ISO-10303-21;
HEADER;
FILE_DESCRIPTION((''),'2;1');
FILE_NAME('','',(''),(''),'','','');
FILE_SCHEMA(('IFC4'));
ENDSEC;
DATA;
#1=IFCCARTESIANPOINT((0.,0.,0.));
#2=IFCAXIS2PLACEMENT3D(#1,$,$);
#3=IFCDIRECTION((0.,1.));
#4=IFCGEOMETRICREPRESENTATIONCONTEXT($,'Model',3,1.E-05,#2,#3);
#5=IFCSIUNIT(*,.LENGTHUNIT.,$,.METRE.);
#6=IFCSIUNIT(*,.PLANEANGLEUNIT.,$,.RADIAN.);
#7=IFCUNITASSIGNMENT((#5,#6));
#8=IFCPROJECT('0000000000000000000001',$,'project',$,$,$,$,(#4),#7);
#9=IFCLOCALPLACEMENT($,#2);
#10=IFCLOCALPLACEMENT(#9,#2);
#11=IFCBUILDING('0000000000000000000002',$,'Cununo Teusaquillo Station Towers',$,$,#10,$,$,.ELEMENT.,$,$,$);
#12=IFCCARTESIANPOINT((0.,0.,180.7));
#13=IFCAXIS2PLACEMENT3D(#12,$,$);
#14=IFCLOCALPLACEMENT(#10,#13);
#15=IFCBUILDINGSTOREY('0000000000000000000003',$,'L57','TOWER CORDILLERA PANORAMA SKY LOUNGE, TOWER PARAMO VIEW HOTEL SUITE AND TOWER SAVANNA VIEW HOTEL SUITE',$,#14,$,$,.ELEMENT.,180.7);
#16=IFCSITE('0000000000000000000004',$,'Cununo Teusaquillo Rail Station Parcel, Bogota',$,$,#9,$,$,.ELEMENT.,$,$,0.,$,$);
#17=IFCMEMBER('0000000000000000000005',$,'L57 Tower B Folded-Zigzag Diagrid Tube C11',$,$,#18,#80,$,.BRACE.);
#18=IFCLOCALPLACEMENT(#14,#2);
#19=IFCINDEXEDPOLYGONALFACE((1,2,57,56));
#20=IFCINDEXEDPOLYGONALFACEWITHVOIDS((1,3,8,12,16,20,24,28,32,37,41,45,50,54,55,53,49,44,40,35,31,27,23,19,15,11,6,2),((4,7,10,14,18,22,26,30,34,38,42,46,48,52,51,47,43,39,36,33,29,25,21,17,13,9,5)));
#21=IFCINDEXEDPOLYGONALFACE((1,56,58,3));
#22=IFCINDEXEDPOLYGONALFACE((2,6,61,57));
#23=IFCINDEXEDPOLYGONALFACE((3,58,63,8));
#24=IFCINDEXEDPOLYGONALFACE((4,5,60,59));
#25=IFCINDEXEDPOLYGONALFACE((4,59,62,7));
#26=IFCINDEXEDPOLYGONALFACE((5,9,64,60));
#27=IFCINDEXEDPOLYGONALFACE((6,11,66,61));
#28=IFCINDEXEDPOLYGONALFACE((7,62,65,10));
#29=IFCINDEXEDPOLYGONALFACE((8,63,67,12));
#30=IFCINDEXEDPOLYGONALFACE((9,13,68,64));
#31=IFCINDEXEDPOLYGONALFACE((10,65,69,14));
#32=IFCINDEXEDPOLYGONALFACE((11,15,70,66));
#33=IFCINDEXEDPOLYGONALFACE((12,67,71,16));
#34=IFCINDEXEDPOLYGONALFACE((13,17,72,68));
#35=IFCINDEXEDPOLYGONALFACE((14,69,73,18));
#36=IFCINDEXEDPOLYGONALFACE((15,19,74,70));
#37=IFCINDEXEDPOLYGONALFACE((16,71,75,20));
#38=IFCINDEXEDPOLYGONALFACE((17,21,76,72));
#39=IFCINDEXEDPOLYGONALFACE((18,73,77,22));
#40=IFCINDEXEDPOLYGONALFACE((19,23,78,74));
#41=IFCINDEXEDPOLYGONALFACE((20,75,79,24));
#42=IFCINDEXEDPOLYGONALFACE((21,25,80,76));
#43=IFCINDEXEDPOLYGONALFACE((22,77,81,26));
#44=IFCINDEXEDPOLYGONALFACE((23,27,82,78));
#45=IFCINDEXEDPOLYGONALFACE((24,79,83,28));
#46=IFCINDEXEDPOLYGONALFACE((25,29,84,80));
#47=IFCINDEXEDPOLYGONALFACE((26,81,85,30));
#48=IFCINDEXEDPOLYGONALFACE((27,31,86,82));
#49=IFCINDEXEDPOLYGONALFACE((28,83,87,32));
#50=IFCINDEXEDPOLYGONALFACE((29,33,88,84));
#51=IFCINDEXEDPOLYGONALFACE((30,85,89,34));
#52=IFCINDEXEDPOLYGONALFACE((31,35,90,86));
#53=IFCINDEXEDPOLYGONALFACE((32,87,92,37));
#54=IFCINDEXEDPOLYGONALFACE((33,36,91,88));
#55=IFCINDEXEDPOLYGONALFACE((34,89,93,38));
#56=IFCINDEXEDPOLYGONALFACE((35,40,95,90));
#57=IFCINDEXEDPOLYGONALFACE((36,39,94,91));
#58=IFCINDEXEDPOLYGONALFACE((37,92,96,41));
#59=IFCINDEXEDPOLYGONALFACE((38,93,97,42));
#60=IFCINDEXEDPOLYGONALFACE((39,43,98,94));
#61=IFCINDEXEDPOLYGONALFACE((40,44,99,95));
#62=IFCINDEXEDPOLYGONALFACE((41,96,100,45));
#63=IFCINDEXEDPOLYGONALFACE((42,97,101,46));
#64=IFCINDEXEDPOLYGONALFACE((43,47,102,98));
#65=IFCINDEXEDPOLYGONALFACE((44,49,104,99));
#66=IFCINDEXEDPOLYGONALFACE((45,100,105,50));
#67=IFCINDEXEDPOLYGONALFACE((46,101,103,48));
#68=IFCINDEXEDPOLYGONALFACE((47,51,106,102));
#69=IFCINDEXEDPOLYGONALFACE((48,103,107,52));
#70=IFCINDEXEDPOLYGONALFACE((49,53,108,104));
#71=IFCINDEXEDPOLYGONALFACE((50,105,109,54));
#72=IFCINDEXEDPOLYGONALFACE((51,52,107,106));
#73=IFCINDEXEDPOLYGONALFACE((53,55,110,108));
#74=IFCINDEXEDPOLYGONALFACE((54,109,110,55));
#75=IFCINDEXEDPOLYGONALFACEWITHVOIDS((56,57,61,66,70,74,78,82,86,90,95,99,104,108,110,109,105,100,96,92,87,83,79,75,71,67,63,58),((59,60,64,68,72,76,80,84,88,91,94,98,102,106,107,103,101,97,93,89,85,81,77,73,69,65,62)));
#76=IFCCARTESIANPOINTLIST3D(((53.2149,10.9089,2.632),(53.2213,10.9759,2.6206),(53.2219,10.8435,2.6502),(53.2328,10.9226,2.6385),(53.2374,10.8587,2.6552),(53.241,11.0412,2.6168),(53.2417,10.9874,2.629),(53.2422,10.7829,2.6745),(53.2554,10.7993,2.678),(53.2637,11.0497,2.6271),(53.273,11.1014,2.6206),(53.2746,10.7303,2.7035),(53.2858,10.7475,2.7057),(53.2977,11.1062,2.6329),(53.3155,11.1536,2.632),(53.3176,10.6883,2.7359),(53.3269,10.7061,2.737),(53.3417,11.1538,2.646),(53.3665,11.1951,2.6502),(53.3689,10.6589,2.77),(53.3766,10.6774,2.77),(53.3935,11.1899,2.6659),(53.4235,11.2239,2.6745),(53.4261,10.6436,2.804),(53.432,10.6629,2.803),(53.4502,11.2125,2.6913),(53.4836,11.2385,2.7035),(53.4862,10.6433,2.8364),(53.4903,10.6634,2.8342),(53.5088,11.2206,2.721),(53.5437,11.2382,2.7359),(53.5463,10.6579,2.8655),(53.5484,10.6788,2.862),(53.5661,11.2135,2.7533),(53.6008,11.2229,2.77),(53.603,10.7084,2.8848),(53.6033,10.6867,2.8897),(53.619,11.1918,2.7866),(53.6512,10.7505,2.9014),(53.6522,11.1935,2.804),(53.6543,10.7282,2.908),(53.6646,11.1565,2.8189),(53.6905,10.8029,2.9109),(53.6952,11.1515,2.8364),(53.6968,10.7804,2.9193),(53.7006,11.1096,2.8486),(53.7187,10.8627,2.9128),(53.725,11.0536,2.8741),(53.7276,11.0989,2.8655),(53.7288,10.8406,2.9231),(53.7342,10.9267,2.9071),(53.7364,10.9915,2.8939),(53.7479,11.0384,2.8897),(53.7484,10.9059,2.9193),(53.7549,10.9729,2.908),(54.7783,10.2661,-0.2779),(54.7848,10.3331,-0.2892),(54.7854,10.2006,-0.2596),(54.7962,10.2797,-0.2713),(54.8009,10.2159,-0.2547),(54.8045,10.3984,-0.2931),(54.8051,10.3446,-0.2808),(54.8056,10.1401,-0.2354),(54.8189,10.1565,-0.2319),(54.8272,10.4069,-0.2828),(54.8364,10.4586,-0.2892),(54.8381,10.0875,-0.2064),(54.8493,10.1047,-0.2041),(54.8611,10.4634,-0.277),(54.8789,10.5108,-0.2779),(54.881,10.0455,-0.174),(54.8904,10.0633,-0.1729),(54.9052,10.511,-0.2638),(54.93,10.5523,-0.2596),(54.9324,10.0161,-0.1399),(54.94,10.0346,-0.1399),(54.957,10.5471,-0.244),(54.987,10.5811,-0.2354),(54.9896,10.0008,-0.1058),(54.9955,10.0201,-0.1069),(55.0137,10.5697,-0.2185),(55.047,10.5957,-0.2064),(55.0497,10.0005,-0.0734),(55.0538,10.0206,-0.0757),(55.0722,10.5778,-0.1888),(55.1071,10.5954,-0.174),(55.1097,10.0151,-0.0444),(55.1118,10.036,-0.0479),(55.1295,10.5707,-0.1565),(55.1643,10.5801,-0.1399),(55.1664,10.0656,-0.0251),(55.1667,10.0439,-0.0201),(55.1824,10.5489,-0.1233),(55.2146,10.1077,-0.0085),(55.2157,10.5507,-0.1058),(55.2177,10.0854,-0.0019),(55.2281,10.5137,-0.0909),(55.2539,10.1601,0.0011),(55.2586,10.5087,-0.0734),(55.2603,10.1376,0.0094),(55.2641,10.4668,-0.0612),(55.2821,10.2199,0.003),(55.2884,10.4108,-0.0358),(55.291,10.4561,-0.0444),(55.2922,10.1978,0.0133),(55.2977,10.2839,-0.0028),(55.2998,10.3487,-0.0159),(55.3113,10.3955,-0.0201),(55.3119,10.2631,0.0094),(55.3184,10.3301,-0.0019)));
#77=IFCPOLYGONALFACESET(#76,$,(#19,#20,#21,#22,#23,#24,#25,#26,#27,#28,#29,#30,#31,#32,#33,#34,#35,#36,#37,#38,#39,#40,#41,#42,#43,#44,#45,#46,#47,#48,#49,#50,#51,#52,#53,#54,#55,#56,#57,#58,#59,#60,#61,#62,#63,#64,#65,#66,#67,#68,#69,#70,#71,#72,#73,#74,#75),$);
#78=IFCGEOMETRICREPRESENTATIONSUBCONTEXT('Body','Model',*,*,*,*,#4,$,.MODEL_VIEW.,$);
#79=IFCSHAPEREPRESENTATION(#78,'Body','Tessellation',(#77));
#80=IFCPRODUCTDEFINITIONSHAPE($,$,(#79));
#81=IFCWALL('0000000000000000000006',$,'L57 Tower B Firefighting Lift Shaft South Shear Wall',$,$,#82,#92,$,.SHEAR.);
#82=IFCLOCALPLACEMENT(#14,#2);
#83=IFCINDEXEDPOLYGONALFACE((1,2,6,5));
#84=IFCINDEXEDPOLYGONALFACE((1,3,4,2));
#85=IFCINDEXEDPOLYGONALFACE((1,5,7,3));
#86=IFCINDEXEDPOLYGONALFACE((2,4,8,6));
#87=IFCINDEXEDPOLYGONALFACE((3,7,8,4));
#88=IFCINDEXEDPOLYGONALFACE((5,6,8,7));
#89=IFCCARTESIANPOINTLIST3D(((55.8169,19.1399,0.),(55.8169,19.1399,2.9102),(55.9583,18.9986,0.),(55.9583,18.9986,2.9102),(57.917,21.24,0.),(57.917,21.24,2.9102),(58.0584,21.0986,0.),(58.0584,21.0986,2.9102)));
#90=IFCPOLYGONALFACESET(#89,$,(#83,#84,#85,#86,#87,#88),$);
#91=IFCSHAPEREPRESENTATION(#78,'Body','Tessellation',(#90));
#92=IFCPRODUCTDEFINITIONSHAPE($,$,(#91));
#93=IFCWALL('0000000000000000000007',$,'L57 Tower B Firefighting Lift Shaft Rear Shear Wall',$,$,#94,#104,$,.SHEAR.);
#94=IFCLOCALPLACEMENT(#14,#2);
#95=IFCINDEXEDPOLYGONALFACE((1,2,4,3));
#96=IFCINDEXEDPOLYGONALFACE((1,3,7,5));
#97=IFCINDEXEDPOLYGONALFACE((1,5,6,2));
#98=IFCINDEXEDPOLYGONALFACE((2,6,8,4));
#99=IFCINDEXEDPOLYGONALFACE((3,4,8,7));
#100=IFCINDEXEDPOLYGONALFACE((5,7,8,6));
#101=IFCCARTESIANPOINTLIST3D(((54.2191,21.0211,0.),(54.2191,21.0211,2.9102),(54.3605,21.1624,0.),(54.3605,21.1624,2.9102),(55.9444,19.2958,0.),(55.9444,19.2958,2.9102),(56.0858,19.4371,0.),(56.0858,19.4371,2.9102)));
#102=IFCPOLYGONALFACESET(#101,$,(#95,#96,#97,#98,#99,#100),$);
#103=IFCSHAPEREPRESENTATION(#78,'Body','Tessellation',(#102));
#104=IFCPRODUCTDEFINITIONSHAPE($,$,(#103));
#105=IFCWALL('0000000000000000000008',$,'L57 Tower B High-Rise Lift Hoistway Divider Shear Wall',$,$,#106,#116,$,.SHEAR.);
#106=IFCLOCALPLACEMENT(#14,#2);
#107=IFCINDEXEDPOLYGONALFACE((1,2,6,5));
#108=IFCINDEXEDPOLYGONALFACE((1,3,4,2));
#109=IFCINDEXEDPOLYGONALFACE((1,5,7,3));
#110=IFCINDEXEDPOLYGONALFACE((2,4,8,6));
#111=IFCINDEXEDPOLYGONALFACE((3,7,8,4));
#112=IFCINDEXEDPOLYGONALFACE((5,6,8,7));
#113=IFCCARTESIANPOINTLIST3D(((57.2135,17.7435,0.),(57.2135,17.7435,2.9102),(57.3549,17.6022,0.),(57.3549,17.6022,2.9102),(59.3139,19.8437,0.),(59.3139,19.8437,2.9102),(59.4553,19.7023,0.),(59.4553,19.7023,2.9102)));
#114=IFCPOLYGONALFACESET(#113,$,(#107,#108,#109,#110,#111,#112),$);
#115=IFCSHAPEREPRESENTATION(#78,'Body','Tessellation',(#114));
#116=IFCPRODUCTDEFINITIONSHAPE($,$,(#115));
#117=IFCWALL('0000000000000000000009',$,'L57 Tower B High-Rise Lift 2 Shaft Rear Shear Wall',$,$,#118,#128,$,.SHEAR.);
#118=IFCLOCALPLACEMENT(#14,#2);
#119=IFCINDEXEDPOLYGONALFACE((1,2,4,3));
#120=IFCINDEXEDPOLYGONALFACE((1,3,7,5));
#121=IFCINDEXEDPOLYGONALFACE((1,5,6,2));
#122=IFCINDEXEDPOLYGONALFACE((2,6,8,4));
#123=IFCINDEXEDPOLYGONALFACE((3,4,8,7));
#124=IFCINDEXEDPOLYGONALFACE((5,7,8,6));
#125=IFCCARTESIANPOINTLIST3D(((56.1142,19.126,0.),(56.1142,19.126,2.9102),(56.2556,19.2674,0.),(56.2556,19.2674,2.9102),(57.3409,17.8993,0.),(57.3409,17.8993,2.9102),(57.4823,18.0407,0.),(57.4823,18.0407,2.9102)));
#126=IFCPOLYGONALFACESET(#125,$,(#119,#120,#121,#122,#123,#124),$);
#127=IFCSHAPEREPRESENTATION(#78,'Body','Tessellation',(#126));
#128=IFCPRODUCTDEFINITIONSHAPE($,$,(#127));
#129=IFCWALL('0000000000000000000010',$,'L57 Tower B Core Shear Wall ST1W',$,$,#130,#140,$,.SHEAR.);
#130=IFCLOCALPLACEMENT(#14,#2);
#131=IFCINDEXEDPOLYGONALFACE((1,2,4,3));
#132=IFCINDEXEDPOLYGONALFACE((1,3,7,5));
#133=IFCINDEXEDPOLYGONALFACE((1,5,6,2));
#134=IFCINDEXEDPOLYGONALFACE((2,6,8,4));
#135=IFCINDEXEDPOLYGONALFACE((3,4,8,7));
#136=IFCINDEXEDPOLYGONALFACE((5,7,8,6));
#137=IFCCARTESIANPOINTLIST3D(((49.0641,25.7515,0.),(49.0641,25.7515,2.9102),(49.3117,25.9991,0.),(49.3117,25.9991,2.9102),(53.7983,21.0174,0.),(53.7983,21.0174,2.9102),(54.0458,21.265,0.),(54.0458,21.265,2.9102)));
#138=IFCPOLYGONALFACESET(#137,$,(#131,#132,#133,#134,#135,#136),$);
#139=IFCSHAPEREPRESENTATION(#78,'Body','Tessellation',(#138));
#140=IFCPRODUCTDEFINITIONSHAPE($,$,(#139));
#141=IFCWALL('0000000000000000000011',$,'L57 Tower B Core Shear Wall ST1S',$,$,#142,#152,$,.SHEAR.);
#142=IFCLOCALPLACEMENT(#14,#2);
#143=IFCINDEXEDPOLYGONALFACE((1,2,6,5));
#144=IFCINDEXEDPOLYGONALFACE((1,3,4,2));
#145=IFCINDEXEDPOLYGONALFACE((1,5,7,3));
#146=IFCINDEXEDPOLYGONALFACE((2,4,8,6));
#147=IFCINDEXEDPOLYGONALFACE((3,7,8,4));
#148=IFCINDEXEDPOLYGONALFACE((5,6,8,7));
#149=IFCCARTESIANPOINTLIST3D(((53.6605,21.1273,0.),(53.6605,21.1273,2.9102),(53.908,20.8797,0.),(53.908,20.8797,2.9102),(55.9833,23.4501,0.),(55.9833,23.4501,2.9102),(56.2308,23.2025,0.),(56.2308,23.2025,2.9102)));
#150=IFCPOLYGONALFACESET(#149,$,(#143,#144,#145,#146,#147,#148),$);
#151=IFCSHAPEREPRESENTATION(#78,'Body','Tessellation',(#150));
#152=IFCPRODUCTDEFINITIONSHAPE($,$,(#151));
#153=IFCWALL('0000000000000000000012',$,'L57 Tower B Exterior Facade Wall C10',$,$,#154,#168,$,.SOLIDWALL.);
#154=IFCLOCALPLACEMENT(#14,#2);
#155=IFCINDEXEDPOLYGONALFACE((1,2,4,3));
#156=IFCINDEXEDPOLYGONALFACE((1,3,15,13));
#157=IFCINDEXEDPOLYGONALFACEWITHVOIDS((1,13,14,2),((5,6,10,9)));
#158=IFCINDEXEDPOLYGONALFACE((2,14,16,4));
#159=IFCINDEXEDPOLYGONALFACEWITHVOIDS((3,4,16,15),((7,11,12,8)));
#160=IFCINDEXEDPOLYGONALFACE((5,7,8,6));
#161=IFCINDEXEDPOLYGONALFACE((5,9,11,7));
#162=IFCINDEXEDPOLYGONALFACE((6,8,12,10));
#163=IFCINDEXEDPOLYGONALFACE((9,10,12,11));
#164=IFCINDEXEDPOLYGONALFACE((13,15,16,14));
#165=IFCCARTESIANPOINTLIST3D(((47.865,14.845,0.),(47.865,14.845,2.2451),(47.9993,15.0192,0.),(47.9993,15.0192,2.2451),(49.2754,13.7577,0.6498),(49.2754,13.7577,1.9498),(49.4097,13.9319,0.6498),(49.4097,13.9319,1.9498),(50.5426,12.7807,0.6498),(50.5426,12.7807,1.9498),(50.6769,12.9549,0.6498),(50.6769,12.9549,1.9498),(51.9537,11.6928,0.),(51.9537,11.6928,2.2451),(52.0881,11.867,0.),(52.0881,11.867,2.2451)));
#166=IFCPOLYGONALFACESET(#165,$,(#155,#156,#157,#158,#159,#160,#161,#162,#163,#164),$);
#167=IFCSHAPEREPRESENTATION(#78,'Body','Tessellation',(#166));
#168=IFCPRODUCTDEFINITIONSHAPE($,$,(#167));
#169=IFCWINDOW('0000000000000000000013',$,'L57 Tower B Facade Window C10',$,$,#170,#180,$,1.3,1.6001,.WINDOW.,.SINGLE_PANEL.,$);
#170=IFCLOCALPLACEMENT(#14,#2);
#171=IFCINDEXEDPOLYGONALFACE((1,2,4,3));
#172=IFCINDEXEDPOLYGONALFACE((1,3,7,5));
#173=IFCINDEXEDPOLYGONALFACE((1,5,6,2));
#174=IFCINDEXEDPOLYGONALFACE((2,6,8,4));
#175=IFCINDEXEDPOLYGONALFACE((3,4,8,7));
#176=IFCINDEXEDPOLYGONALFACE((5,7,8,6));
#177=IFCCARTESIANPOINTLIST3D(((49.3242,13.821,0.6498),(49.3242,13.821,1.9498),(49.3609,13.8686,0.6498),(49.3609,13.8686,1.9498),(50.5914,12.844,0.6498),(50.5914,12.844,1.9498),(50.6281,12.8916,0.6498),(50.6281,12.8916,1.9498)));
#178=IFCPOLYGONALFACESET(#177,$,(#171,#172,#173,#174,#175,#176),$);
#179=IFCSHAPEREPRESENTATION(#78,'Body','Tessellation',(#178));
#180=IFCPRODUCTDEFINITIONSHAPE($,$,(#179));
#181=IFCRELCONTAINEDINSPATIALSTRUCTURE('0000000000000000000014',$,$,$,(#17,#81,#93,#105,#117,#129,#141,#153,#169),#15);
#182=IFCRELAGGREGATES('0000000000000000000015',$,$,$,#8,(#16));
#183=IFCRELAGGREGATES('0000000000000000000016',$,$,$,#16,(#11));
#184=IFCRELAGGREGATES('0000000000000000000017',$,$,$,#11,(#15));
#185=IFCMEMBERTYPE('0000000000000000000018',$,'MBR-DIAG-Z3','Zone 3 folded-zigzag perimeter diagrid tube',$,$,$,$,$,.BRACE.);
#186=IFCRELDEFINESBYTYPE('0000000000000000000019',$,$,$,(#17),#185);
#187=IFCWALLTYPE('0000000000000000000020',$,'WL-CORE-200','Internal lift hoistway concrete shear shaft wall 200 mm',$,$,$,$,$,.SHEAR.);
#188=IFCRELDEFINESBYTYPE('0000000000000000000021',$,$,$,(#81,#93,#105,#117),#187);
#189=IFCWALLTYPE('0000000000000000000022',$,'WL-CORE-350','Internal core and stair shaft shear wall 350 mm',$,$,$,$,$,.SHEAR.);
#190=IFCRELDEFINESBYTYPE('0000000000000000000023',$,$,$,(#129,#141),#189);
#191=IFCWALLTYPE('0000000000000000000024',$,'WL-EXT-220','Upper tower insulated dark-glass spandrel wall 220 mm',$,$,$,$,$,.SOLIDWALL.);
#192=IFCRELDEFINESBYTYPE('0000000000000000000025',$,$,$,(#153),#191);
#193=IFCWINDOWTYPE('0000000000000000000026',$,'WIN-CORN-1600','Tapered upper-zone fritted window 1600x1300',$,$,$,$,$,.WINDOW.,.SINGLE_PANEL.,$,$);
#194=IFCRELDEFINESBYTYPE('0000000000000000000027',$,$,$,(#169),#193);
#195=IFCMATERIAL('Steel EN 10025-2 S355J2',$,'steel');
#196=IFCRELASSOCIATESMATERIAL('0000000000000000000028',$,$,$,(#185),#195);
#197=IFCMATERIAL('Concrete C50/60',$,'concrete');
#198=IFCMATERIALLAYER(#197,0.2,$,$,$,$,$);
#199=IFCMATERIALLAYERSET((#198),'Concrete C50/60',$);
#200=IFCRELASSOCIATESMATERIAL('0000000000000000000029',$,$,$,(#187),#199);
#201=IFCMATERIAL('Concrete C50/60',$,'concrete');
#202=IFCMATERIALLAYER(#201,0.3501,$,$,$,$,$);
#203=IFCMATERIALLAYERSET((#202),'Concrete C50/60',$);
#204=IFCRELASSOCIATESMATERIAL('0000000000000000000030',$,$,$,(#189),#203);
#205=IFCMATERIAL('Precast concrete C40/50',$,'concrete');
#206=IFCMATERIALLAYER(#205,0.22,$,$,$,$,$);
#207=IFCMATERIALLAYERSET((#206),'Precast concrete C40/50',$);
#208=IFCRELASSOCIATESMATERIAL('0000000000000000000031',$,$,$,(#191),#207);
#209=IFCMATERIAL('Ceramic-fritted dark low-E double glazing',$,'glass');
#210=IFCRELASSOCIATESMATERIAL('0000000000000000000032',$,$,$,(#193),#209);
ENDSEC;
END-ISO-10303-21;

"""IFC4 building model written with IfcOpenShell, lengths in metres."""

from ifc_helpers import new_model, si_unit, direction, frame, frame_2d, origin, origin_2d, place, context, subcontext, project, spatial, rectangle, hollow_circle, extrude, source, transform, mapped, material, layer, layer_set, material_profile, profile_set, type_object, element, fill, save


model = new_model("IFC4")

# Units and contexts
model_context = context("Model", 3, precision=1e-05, world=origin(), true_north=direction((0.0, 1.0)))
body_context = subcontext(model_context, "Body", "Model", "MODEL_VIEW")
ifc_project = project(units=[si_unit("LENGTHUNIT", "METRE"), si_unit("PLANEANGLEUNIT", "RADIAN")], contexts=[model_context])

# Site, building, storey
site_placement = place(None, origin())
site = spatial("IfcSite", under=ifc_project, at=site_placement, Name="Cununo Teusaquillo Rail Station Parcel, Bogota", CompositionType="ELEMENT", RefElevation=0.0)
building_placement = place(site_placement, origin())
building = spatial("IfcBuilding", under=site, at=building_placement, Name="Cununo Teusaquillo Station Towers", CompositionType="ELEMENT")
storey_placement = place(building_placement, frame((0.0, 0.0, 180.7)))
storey = spatial("IfcBuildingStorey", under=building, at=storey_placement, Name="L57", Description="TOWER CORDILLERA PANORAMA SKY LOUNGE, TOWER PARAMO VIEW HOTEL SUITE AND TOWER SAVANNA VIEW HOTEL SUITE", CompositionType="ELEMENT", Elevation=180.7)

# Member
ifc_material_1 = material(Name="Steel EN 10025-2 S355J2", Category="steel")
ifc_material_profile_1 = material_profile(ifc_material_1, hollow_circle(Radius=0.3049, WallThickness=0.02, at=origin_2d()), Name="CHS 610x20")
ifc_profile_set_1 = profile_set([ifc_material_profile_1], Name="Steel EN 10025-2 S355J2")
member_type = type_object("IfcMemberType", Name="MBR-DIAG-Z3", Description="Zone 3 folded-zigzag perimeter diagrid tube", PredefinedType="BRACE", material=ifc_profile_set_1)
member_placement = place(storey_placement, frame((55.0483, 10.2981, -0.1399), z_axis=(-0.464587, 0.191015, 0.86468), x_axis=(-0.380263, -0.924878, 0.0)))
element("IfcMember", 1, at=member_placement, inside=storey, type_object=member_type, Name="L57 Tower B Folded-Zigzag Diagrid Tube C11", PredefinedType="BRACE", context=body_context, shape_type="SweptSolid", body=[
    extrude(hollow_circle(Radius=0.3049, WallThickness=0.02, at=origin_2d()), origin(), (0.0, 0.0, 1.0), 3.3652),
])

# Walls
ifc_material_2 = material(Name="Concrete C50/60", Category="concrete")
ifc_layer_1 = layer(ifc_material_2, 0.2)
ifc_layer_set_1 = layer_set([ifc_layer_1], Name="Concrete C50/60")
wall_type_1 = type_object("IfcWallType", Name="WL-CORE-200", Description="Internal lift hoistway concrete shear shaft wall 200 mm", PredefinedType="SHEAR", material=ifc_layer_set_1)
wall_1_placement = place(storey_placement, frame((55.8877, 19.0693, 0.0), z_axis=(0.0, 0.0, 1.0), x_axis=(0.707107, 0.707107, 0.0)))
element("IfcWall", 2, at=wall_1_placement, inside=storey, type_object=wall_type_1, Name="L57 Tower B Firefighting Lift Shaft South Shear Wall", PredefinedType="SHEAR", context=body_context, shape_type="SweptSolid", body=[
    extrude(rectangle(XDim=2.97, YDim=0.2, at=frame_2d((1.4849, 0.0))), origin(), (0.0, 0.0, 1.0), 2.9102),
])
wall_2_placement = place(storey_placement, frame((56.0151, 19.3665, 0.0), z_axis=(0.0, 0.0, 1.0), x_axis=(-0.707107, 0.707107, 0.0)))
element("IfcWall", 3, at=wall_2_placement, inside=storey, type_object=wall_type_1, Name="L57 Tower B Firefighting Lift Shaft Rear Shear Wall", PredefinedType="SHEAR", context=body_context, shape_type="SweptSolid", body=[
    extrude(rectangle(XDim=2.4399, YDim=0.2, at=frame_2d((1.22, 0.0))), origin(), (0.0, 0.0, 1.0), 2.9102),
])
wall_3_placement = place(storey_placement, frame((57.2842, 17.6729, 0.0), z_axis=(0.0, 0.0, 1.0), x_axis=(0.707148, 0.707066, 0.0)))
element("IfcWall", 4, at=wall_3_placement, inside=storey, type_object=wall_type_1, Name="L57 Tower B High-Rise Lift Hoistway Divider Shear Wall", PredefinedType="SHEAR", context=body_context, shape_type="SweptSolid", body=[
    extrude(rectangle(XDim=2.9702, YDim=0.2, at=frame_2d((1.4851, 0.0))), origin(), (0.0, 0.0, 1.0), 2.9102),
])
wall_4_placement = place(storey_placement, frame((57.4116, 17.97, 0.0), z_axis=(0.0, 0.0, 1.0), x_axis=(-0.707107, 0.707107, 0.0)))
element("IfcWall", 5, at=wall_4_placement, inside=storey, type_object=wall_type_1, Name="L57 Tower B High-Rise Lift 2 Shaft Rear Shear Wall", PredefinedType="SHEAR", context=body_context, shape_type="SweptSolid", body=[
    extrude(rectangle(XDim=1.7349, YDim=0.2, at=frame_2d((0.8674, 0.0))), origin(), (0.0, 0.0, 1.0), 2.9102),
])
ifc_material_3 = material(Name="Concrete C50/60", Category="concrete")
ifc_layer_2 = layer(ifc_material_3, 0.3501)
ifc_layer_set_2 = layer_set([ifc_layer_2], Name="Concrete C50/60")
wall_type_2 = type_object("IfcWallType", Name="WL-CORE-350", Description="Internal core and stair shaft shear wall 350 mm", PredefinedType="SHEAR", material=ifc_layer_set_2)
wall_5_placement = place(storey_placement, frame((53.9221, 21.1411, 0.0), z_axis=(0.0, 0.0, 1.0), x_axis=(-0.707107, 0.707107, 0.0)))
element("IfcWall", 6, at=wall_5_placement, inside=storey, type_object=wall_type_2, Name="L57 Tower B Core Shear Wall ST1W", PredefinedType="SHEAR", context=body_context, shape_type="SweptSolid", body=[
    extrude(rectangle(XDim=6.6951, YDim=0.3501, at=frame_2d((3.3477, 0.0))), origin(), (0.0, 0.0, 1.0), 2.9102),
])
wall_6_placement = place(storey_placement, frame((53.7842, 21.0034, 0.0), z_axis=(0.0, 0.0, 1.0), x_axis=(0.707107, 0.707107, 0.0)))
element("IfcWall", 7, at=wall_6_placement, inside=storey, type_object=wall_type_2, Name="L57 Tower B Core Shear Wall ST1S", PredefinedType="SHEAR", context=body_context, shape_type="SweptSolid", body=[
    extrude(rectangle(XDim=3.2849, YDim=0.3501, at=frame_2d((1.6426, 0.0))), origin(), (0.0, 0.0, 1.0), 2.9102),
])

# Wall, opening, window
ifc_material_4 = material(Name="Precast concrete C40/50", Category="concrete")
ifc_layer_3 = layer(ifc_material_4, 0.22)
ifc_layer_set_3 = layer_set([ifc_layer_3], Name="Precast concrete C40/50")
wall_type_3 = type_object("IfcWallType", Name="WL-EXT-220", Description="Upper tower insulated dark-glass spandrel wall 220 mm", PredefinedType="SOLIDWALL", material=ifc_layer_set_3)
wall_7_placement = place(storey_placement, frame((52.021, 11.7798, 0.0), z_axis=(0.0, 0.0, 1.0), x_axis=(-0.791963, 0.61057, 0.0)))
wall_7 = element("IfcWall", 8, at=wall_7_placement, inside=storey, type_object=wall_type_3, Name="L57 Tower B Exterior Facade Wall C10", PredefinedType="SOLIDWALL", context=body_context, shape_type="SweptSolid", body=[
    extrude(rectangle(XDim=5.1628, YDim=0.22, at=frame_2d((2.5815, 0.0))), origin(), (0.0, 0.0, 1.0), 2.2451),
])
shared_shape_1 = source(origin(), body_context, "Body", "SweptSolid", [
    extrude(rectangle(XDim=1.6001, YDim=1.3, at=frame_2d((0.8, 0.6499))), frame((0.0, 0.1199, 0.0), z_axis=(0.0, -1.0, 0.0), x_axis=(1.0, 0.0, 0.0)), (0.0, 0.0, 1.0), 0.24),
])
opening_1_placement = place(wall_7_placement, frame((1.782, 0.0, 0.6499)))
opening_1 = element("IfcOpeningElement", 9, at=opening_1_placement, cuts=wall_7, PredefinedType="OPENING", context=body_context, shape_type="MappedRepresentation", body=[
    mapped(shared_shape_1, transform((0.0, 0.0, 0.0), x_axis=(1.0, 0.0, 0.0), y_axis=(0.0, 1.0, 0.0), z_axis=(0.0, 0.0, 1.0), scale=1.0)),
])
ifc_material_5 = material(Name="Ceramic-fritted dark low-E double glazing", Category="glass")
window_type = type_object("IfcWindowType", Name="WIN-CORN-1600", Description="Tapered upper-zone fritted window 1600x1300", PartitioningType="SINGLE_PANEL", PredefinedType="WINDOW", material=ifc_material_5)
shared_shape_2 = source(origin(), body_context, "Body", "SweptSolid", [
    extrude(rectangle(XDim=1.6001, YDim=1.3, at=frame_2d((0.8, 0.6499))), frame((0.0, 0.03, 0.0), z_axis=(0.0, -1.0, 0.0), x_axis=(1.0, 0.0, 0.0)), (0.0, 0.0, 1.0), 0.0601),
])
window_placement = place(opening_1_placement, origin())
window = element("IfcWindow", 10, at=window_placement, inside=storey, type_object=window_type, Name="L57 Tower B Facade Window C10", OverallHeight=1.3, OverallWidth=1.6001, PartitioningType="SINGLE_PANEL", PredefinedType="WINDOW", context=body_context, shape_type="MappedRepresentation", body=[
    mapped(shared_shape_2, transform((0.0, 0.0, 0.0), x_axis=(1.0, 0.0, 0.0), y_axis=(0.0, 1.0, 0.0), z_axis=(0.0, 0.0, 1.0), scale=1.0)),
])
fill(opening_1, window)

save(model, "model.ifc")
